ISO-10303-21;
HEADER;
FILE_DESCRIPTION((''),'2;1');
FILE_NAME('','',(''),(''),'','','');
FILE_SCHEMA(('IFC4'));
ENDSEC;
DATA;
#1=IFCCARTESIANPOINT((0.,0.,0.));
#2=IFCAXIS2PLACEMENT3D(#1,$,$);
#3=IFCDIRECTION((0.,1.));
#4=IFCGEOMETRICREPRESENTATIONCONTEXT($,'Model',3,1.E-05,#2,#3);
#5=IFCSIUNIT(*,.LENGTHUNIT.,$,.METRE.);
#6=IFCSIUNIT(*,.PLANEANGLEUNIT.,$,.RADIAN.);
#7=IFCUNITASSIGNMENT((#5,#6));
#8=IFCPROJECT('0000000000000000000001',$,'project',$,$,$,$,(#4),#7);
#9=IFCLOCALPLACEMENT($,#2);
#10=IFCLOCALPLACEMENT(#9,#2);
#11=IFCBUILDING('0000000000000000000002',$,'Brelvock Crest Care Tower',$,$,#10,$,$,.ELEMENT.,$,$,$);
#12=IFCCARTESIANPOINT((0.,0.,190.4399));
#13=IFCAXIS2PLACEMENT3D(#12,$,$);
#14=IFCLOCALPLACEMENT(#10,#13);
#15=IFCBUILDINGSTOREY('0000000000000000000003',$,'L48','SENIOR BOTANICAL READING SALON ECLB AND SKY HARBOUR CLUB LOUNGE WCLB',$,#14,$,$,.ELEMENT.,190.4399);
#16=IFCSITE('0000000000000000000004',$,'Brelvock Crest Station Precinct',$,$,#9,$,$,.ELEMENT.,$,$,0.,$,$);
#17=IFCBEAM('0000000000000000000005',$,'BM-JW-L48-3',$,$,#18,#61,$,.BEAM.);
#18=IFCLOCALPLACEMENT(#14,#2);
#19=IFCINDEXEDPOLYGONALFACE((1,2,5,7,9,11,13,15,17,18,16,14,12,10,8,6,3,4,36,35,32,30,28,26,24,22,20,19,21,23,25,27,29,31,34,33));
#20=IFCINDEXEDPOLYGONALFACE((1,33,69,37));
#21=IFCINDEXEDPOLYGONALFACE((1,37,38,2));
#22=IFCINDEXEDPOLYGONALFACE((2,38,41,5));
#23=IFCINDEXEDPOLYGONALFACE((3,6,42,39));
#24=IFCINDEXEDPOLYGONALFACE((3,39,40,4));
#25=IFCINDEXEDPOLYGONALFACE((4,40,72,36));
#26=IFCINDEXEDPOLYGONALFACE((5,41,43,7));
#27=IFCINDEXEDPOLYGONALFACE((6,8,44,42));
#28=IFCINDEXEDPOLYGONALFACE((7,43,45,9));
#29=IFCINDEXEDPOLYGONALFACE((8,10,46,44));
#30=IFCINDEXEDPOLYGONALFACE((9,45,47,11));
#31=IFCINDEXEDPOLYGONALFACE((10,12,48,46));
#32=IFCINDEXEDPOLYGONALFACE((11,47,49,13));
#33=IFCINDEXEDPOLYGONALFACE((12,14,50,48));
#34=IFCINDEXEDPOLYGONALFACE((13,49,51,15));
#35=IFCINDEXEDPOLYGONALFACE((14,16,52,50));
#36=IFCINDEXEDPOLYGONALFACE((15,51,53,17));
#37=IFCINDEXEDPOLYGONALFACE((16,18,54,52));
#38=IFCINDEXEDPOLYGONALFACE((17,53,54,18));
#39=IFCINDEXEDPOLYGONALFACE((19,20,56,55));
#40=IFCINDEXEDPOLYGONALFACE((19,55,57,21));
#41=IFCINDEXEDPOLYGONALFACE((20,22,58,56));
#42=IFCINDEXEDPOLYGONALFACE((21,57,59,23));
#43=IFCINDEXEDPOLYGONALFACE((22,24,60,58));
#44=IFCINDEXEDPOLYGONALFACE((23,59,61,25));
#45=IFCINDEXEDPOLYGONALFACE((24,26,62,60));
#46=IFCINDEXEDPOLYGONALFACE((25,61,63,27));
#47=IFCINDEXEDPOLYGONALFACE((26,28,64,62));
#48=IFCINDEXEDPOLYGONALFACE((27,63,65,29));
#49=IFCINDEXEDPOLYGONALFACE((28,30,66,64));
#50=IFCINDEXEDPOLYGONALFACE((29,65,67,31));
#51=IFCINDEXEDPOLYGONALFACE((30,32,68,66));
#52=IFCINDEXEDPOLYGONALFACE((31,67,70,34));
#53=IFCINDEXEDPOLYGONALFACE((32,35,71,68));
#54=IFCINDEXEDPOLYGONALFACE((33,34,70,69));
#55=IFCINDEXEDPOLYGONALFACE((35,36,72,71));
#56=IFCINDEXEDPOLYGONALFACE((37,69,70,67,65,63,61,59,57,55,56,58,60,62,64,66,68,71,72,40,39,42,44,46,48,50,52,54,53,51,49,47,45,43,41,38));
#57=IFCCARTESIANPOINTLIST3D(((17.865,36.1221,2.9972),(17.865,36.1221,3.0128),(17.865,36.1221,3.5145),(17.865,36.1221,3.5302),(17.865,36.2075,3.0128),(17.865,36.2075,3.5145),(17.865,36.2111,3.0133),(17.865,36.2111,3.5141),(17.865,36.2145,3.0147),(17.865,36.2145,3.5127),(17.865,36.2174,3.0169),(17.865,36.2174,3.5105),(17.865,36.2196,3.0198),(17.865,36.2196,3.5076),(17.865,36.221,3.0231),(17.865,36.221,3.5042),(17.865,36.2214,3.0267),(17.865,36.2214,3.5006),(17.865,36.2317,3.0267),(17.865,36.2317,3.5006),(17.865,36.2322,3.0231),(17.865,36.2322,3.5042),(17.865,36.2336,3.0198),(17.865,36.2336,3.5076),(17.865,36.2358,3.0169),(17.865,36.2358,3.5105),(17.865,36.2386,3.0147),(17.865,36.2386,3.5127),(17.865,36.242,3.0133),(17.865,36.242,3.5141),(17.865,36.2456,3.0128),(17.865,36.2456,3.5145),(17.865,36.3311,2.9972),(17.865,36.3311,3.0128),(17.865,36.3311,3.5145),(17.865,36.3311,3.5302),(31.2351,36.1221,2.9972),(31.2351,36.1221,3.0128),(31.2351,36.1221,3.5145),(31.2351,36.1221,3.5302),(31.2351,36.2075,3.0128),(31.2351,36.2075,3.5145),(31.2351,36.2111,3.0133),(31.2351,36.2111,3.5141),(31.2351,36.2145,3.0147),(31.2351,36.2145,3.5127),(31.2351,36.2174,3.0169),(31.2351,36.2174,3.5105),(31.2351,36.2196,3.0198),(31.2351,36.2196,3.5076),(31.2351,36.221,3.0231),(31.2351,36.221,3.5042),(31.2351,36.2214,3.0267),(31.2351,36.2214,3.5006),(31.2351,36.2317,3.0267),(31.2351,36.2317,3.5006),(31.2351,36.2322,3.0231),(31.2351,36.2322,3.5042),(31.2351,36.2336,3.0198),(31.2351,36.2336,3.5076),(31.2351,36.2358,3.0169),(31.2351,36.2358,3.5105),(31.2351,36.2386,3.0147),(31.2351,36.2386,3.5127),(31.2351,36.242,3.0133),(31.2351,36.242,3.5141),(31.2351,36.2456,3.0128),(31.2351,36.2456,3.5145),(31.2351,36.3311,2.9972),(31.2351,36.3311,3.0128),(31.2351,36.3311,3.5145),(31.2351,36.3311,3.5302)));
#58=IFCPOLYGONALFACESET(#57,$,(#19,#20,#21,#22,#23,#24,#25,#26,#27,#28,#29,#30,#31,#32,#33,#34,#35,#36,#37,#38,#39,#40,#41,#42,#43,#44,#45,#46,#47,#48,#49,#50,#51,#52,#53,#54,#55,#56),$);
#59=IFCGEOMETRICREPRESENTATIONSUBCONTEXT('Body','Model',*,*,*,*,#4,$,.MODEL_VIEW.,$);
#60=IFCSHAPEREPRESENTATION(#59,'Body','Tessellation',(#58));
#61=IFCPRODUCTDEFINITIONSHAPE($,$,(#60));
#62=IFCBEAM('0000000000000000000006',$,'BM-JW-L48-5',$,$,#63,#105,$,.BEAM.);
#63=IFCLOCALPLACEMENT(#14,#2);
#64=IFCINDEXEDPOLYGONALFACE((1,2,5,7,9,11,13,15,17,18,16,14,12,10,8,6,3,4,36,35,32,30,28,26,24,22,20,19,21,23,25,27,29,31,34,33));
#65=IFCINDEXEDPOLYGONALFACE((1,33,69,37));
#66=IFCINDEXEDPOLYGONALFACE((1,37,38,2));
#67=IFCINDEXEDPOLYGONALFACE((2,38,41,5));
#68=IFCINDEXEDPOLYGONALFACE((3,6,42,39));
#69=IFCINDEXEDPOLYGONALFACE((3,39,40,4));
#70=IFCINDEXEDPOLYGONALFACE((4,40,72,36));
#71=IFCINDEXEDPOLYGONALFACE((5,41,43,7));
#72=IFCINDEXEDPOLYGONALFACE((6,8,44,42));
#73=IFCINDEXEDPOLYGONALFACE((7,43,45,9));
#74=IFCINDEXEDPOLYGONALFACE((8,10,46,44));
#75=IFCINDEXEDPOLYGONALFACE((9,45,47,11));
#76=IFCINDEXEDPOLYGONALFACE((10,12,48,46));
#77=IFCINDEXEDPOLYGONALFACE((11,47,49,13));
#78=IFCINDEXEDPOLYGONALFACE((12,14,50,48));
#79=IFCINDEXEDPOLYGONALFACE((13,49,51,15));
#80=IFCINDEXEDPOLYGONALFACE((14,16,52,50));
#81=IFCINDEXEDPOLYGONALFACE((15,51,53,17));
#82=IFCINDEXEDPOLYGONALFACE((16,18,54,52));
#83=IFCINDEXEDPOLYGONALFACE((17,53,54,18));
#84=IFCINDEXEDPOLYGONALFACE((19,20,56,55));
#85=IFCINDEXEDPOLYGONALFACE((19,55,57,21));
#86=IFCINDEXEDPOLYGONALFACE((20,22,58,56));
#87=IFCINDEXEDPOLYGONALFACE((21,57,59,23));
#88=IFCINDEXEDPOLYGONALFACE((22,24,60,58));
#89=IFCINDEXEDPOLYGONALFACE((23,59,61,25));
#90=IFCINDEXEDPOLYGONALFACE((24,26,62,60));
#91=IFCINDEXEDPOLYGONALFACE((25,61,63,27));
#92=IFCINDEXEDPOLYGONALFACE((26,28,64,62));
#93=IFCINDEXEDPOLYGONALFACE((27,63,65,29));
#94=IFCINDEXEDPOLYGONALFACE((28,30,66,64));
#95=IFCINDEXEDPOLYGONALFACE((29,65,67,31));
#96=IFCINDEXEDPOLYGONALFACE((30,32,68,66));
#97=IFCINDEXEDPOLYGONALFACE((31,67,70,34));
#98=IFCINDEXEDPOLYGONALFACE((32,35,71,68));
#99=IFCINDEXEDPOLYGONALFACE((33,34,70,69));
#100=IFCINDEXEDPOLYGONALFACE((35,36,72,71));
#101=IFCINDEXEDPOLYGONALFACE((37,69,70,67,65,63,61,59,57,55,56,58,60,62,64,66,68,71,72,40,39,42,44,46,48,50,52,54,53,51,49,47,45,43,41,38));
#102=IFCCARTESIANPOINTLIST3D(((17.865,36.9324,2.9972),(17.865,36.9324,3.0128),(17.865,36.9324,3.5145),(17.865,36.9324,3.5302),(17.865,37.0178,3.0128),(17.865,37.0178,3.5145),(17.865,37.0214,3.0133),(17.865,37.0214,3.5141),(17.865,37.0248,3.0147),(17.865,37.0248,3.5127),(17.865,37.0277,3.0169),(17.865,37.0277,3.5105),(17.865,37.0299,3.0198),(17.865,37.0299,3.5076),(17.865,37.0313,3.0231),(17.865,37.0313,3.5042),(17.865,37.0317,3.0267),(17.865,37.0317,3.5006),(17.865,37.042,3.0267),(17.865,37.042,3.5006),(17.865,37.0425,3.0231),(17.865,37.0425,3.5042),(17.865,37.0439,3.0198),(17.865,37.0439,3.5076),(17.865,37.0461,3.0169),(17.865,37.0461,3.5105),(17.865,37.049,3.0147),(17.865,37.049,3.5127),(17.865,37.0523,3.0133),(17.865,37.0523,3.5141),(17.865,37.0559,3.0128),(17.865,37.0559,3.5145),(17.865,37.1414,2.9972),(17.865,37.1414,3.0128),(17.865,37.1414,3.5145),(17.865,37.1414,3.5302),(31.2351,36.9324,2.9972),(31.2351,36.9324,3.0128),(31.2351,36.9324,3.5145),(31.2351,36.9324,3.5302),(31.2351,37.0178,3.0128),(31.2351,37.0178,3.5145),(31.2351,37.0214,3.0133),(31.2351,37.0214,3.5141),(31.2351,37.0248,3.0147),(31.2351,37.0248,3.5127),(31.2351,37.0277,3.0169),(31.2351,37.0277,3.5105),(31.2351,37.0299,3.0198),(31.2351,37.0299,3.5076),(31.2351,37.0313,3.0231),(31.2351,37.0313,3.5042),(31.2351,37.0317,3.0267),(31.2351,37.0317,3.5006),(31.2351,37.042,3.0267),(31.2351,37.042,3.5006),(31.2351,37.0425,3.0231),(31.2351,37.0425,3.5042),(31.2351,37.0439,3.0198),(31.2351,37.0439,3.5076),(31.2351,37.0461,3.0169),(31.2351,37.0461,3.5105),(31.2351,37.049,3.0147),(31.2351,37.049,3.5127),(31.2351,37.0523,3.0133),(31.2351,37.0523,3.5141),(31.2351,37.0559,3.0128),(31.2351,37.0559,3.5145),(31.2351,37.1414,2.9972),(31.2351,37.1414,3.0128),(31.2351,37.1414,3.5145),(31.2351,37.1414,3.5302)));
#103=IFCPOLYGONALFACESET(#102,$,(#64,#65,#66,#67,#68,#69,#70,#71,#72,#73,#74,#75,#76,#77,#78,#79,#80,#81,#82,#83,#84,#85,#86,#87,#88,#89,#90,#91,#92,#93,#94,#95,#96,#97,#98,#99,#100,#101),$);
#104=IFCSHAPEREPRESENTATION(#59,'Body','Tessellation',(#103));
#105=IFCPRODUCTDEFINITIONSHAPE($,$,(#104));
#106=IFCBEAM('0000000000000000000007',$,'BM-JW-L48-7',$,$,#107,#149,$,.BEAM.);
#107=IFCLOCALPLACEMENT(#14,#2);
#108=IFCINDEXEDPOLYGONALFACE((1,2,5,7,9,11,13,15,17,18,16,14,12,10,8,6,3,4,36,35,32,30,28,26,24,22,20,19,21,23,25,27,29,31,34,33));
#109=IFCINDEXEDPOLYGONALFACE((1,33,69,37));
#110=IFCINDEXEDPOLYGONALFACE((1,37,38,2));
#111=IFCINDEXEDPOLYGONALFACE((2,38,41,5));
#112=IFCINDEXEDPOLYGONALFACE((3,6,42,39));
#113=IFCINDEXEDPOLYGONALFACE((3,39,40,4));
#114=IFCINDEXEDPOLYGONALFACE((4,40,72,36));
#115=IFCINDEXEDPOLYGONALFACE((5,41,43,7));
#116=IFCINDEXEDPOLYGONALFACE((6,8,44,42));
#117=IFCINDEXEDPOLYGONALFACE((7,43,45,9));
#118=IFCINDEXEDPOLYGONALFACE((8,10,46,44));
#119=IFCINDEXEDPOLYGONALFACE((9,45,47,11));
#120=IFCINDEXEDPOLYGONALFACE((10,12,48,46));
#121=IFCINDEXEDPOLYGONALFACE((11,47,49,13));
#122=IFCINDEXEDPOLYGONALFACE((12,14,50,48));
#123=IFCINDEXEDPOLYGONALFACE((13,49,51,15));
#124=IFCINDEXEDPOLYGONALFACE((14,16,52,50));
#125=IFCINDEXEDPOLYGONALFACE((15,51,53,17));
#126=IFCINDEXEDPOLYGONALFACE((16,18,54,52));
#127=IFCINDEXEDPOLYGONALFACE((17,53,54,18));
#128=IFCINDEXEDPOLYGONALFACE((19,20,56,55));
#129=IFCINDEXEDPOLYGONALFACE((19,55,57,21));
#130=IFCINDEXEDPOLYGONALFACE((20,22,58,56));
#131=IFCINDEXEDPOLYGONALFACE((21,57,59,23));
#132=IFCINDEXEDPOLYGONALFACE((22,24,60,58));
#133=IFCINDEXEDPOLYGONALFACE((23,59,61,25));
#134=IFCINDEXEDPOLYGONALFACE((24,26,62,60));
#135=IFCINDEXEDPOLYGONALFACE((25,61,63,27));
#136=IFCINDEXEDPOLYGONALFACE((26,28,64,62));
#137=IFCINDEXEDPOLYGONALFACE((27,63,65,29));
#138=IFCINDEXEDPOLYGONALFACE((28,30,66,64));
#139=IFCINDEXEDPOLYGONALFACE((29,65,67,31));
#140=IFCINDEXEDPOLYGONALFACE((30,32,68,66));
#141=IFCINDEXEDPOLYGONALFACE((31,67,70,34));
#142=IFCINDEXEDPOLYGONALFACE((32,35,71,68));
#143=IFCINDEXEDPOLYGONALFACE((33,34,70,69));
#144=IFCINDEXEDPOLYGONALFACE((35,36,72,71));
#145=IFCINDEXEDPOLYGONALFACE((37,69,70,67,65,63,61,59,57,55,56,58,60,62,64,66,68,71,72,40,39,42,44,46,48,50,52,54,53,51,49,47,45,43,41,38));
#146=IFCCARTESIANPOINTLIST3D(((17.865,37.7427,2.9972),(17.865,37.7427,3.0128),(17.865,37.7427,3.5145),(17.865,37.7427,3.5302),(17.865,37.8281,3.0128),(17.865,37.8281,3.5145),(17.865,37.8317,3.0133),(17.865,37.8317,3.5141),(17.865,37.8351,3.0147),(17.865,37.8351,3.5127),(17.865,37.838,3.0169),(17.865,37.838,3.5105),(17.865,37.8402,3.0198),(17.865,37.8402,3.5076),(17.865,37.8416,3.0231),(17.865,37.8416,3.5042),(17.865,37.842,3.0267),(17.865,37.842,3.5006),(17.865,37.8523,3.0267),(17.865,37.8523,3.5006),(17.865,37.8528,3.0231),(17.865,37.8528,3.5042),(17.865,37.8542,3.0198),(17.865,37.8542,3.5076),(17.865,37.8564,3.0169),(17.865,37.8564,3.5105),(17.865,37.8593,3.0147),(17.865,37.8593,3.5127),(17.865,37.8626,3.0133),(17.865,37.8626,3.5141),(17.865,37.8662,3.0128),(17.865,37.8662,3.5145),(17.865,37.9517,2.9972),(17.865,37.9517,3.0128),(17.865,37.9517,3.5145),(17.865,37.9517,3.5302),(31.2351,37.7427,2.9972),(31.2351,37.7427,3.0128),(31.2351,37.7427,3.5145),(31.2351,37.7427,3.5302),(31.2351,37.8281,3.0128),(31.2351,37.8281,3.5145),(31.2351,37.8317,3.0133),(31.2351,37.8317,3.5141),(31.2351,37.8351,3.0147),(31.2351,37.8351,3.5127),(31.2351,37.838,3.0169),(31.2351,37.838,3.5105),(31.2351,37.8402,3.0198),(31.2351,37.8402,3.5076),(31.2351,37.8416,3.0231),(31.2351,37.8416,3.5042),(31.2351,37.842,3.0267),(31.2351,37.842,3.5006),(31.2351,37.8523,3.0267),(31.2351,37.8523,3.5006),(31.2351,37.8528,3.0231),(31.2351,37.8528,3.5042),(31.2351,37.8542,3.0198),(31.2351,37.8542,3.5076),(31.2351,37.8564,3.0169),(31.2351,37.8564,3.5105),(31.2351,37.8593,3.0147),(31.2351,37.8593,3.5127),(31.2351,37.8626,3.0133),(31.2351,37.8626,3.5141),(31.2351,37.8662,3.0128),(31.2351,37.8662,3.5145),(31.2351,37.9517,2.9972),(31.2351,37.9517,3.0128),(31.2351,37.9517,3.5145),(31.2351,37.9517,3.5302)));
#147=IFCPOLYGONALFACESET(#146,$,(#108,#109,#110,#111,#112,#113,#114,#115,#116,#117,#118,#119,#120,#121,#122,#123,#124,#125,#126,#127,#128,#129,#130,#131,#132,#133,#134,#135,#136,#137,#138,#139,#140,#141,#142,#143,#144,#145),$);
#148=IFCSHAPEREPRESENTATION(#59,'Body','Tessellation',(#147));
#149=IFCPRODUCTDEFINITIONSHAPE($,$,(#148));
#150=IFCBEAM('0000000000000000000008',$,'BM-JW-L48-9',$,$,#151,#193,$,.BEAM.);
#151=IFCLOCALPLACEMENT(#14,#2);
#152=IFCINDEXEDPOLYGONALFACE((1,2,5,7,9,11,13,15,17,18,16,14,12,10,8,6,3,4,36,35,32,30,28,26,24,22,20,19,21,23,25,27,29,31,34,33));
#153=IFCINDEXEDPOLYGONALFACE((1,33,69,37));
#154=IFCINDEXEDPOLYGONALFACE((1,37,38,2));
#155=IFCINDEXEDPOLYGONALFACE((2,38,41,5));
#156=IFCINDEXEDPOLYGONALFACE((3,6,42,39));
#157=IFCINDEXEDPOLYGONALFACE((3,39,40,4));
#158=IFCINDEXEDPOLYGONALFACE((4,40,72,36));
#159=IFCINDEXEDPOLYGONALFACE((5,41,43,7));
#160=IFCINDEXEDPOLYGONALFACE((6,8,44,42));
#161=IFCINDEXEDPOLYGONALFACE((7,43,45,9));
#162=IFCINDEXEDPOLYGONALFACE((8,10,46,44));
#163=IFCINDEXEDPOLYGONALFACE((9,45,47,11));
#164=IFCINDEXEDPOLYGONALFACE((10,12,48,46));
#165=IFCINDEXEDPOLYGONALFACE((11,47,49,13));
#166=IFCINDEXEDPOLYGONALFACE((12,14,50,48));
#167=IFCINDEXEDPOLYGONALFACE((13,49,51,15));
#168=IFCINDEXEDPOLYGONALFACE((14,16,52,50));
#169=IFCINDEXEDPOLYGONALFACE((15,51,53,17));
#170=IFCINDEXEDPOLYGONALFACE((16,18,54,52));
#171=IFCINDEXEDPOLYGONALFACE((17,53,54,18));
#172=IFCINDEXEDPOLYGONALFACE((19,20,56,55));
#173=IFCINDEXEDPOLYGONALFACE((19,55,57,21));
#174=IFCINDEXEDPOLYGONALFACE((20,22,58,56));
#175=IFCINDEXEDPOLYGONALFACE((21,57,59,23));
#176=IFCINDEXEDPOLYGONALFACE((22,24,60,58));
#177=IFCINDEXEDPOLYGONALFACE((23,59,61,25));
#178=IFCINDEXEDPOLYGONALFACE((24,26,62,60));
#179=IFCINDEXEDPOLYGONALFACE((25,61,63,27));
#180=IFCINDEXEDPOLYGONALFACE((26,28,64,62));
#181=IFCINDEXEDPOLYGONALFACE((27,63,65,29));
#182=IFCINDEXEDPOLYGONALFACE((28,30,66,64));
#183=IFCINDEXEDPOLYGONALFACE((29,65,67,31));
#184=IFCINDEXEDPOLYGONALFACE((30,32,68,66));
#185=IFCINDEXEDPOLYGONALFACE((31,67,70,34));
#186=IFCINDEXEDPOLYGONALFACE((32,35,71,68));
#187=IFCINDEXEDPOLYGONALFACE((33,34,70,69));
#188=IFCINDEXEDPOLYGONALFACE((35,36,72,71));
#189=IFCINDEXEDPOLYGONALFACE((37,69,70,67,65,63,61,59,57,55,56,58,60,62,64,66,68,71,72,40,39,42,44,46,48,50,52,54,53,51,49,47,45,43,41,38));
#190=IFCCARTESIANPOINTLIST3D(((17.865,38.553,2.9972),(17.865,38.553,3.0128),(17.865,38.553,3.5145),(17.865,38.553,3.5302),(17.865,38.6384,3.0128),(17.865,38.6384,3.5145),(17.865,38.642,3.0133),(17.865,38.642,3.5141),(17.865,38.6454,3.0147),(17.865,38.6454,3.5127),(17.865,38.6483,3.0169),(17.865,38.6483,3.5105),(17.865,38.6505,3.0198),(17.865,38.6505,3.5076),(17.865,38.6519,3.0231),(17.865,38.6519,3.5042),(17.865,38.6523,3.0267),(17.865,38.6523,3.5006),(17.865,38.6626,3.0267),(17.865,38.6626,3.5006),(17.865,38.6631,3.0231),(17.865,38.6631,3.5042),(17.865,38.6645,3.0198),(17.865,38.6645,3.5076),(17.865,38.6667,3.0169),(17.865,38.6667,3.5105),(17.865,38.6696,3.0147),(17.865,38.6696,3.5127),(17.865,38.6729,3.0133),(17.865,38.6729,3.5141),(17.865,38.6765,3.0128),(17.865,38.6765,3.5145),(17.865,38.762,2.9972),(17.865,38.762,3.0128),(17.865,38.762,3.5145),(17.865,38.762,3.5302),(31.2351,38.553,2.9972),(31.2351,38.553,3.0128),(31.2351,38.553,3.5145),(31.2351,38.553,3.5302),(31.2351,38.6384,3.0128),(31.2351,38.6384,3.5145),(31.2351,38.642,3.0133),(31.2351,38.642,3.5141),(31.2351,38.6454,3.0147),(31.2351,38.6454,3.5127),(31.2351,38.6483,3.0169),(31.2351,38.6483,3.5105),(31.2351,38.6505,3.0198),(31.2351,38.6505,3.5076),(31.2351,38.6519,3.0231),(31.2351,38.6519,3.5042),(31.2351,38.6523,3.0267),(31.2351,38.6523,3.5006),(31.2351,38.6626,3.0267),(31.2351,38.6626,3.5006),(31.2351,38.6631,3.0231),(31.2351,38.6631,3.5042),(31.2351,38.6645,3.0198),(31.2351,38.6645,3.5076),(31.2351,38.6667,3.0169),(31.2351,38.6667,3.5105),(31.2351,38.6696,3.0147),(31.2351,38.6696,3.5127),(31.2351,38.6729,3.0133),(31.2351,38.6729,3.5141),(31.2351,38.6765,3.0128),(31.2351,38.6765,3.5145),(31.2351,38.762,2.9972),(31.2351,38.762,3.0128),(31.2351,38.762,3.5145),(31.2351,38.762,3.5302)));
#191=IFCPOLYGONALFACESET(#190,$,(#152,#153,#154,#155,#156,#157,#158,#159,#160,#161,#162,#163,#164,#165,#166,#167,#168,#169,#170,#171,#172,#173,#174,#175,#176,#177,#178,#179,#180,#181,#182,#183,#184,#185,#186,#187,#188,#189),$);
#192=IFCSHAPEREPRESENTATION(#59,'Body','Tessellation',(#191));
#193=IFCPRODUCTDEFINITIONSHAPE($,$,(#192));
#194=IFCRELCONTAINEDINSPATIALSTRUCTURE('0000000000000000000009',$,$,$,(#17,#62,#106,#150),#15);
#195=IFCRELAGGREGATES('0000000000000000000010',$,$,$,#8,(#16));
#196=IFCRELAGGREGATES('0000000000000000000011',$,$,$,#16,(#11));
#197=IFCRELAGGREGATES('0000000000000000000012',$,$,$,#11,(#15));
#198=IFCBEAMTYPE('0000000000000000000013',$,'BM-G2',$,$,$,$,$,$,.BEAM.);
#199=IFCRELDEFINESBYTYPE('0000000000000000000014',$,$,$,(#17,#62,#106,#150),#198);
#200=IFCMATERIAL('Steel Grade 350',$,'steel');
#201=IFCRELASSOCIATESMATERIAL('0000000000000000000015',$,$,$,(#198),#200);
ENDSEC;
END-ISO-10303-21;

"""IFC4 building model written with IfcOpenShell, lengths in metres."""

from ifc_helpers import new_model, si_unit, direction, frame, origin, origin_2d, place, context, subcontext, project, spatial, i_section, extrude, source, transform, mapped, material, material_profile, profile_set, type_object, element, save


model = new_model("IFC4")

# Units and contexts
model_context = context("Model", 3, precision=1e-05, world=origin(), true_north=direction((0.0, 1.0)))
body_context = subcontext(model_context, "Body", "Model", "MODEL_VIEW")
ifc_project = project(units=[si_unit("LENGTHUNIT", "METRE"), si_unit("PLANEANGLEUNIT", "RADIAN")], contexts=[model_context])

# Site, building, storey
site_placement = place(None, origin())
site = spatial("IfcSite", under=ifc_project, at=site_placement, Name="Brelvock Crest Station Precinct", CompositionType="ELEMENT", RefElevation=0.0)
building_placement = place(site_placement, origin())
building = spatial("IfcBuilding", under=site, at=building_placement, Name="Brelvock Crest Care Tower", CompositionType="ELEMENT")
storey_placement = place(building_placement, frame((0.0, 0.0, 190.4399)))
storey = spatial("IfcBuildingStorey", under=building, at=storey_placement, Name="L48", Description="SENIOR BOTANICAL READING SALON ECLB AND SKY HARBOUR CLUB LOUNGE WCLB", CompositionType="ELEMENT", Elevation=190.4399)

# Beams
ifc_material_1 = material(Name="Steel Grade 350", Category="steel")
ifc_material_profile_1 = material_profile(ifc_material_1, i_section(OverallWidth=0.209, OverallDepth=0.533, WebThickness=0.0103, FlangeThickness=0.0156, FilletRadius=0.0139, at=origin_2d()), Name="530UB92.4")
ifc_profile_set_1 = profile_set([ifc_material_profile_1], Name="Steel Grade 350")
beam_type_1 = type_object("IfcBeamType", Name="BM-G2", PredefinedType="BEAM", material=ifc_profile_set_1)
shared_shape_1 = source(origin(), body_context, "Body", "SweptSolid", [
    extrude(i_section(OverallWidth=0.209, OverallDepth=0.533, WebThickness=0.0103, FlangeThickness=0.0156, FilletRadius=0.0139, at=origin_2d()), origin(), (0.0, 0.0, 1.0), 13.3701),
])
for number, where, z_axis, x_axis, name in (
    (1, (17.865, 36.2266, 3.2637), (1.0, 0.0, 0.0), (0.0, 1.0, 0.0), "BM-JW-L48-3"),
    (2, (17.865, 37.0369, 3.2637), (1.0, 0.0, 0.0), (0.0, 1.0, 0.0), "BM-JW-L48-5"),
    (3, (17.865, 37.8472, 3.2637), (1.0, 0.0, 0.0), (0.0, 1.0, 0.0), "BM-JW-L48-7"),
    (4, (17.865, 38.6575, 3.2637), (1.0, 0.0, 0.0), (0.0, 1.0, 0.0), "BM-JW-L48-9"),
):
    element("IfcBeam", number, at=place(storey_placement, frame(where, z_axis=z_axis, x_axis=x_axis)), inside=storey, type_object=beam_type_1, Name=name, PredefinedType="BEAM", context=body_context, shape_type="MappedRepresentation", body=[
        mapped(shared_shape_1, transform((0.0, 0.0, 0.0), x_axis=(1.0, 0.0, 0.0), y_axis=(0.0, 1.0, 0.0), z_axis=(0.0, 0.0, 1.0), scale=1.0)),
    ])

save(model, "model.ifc")
